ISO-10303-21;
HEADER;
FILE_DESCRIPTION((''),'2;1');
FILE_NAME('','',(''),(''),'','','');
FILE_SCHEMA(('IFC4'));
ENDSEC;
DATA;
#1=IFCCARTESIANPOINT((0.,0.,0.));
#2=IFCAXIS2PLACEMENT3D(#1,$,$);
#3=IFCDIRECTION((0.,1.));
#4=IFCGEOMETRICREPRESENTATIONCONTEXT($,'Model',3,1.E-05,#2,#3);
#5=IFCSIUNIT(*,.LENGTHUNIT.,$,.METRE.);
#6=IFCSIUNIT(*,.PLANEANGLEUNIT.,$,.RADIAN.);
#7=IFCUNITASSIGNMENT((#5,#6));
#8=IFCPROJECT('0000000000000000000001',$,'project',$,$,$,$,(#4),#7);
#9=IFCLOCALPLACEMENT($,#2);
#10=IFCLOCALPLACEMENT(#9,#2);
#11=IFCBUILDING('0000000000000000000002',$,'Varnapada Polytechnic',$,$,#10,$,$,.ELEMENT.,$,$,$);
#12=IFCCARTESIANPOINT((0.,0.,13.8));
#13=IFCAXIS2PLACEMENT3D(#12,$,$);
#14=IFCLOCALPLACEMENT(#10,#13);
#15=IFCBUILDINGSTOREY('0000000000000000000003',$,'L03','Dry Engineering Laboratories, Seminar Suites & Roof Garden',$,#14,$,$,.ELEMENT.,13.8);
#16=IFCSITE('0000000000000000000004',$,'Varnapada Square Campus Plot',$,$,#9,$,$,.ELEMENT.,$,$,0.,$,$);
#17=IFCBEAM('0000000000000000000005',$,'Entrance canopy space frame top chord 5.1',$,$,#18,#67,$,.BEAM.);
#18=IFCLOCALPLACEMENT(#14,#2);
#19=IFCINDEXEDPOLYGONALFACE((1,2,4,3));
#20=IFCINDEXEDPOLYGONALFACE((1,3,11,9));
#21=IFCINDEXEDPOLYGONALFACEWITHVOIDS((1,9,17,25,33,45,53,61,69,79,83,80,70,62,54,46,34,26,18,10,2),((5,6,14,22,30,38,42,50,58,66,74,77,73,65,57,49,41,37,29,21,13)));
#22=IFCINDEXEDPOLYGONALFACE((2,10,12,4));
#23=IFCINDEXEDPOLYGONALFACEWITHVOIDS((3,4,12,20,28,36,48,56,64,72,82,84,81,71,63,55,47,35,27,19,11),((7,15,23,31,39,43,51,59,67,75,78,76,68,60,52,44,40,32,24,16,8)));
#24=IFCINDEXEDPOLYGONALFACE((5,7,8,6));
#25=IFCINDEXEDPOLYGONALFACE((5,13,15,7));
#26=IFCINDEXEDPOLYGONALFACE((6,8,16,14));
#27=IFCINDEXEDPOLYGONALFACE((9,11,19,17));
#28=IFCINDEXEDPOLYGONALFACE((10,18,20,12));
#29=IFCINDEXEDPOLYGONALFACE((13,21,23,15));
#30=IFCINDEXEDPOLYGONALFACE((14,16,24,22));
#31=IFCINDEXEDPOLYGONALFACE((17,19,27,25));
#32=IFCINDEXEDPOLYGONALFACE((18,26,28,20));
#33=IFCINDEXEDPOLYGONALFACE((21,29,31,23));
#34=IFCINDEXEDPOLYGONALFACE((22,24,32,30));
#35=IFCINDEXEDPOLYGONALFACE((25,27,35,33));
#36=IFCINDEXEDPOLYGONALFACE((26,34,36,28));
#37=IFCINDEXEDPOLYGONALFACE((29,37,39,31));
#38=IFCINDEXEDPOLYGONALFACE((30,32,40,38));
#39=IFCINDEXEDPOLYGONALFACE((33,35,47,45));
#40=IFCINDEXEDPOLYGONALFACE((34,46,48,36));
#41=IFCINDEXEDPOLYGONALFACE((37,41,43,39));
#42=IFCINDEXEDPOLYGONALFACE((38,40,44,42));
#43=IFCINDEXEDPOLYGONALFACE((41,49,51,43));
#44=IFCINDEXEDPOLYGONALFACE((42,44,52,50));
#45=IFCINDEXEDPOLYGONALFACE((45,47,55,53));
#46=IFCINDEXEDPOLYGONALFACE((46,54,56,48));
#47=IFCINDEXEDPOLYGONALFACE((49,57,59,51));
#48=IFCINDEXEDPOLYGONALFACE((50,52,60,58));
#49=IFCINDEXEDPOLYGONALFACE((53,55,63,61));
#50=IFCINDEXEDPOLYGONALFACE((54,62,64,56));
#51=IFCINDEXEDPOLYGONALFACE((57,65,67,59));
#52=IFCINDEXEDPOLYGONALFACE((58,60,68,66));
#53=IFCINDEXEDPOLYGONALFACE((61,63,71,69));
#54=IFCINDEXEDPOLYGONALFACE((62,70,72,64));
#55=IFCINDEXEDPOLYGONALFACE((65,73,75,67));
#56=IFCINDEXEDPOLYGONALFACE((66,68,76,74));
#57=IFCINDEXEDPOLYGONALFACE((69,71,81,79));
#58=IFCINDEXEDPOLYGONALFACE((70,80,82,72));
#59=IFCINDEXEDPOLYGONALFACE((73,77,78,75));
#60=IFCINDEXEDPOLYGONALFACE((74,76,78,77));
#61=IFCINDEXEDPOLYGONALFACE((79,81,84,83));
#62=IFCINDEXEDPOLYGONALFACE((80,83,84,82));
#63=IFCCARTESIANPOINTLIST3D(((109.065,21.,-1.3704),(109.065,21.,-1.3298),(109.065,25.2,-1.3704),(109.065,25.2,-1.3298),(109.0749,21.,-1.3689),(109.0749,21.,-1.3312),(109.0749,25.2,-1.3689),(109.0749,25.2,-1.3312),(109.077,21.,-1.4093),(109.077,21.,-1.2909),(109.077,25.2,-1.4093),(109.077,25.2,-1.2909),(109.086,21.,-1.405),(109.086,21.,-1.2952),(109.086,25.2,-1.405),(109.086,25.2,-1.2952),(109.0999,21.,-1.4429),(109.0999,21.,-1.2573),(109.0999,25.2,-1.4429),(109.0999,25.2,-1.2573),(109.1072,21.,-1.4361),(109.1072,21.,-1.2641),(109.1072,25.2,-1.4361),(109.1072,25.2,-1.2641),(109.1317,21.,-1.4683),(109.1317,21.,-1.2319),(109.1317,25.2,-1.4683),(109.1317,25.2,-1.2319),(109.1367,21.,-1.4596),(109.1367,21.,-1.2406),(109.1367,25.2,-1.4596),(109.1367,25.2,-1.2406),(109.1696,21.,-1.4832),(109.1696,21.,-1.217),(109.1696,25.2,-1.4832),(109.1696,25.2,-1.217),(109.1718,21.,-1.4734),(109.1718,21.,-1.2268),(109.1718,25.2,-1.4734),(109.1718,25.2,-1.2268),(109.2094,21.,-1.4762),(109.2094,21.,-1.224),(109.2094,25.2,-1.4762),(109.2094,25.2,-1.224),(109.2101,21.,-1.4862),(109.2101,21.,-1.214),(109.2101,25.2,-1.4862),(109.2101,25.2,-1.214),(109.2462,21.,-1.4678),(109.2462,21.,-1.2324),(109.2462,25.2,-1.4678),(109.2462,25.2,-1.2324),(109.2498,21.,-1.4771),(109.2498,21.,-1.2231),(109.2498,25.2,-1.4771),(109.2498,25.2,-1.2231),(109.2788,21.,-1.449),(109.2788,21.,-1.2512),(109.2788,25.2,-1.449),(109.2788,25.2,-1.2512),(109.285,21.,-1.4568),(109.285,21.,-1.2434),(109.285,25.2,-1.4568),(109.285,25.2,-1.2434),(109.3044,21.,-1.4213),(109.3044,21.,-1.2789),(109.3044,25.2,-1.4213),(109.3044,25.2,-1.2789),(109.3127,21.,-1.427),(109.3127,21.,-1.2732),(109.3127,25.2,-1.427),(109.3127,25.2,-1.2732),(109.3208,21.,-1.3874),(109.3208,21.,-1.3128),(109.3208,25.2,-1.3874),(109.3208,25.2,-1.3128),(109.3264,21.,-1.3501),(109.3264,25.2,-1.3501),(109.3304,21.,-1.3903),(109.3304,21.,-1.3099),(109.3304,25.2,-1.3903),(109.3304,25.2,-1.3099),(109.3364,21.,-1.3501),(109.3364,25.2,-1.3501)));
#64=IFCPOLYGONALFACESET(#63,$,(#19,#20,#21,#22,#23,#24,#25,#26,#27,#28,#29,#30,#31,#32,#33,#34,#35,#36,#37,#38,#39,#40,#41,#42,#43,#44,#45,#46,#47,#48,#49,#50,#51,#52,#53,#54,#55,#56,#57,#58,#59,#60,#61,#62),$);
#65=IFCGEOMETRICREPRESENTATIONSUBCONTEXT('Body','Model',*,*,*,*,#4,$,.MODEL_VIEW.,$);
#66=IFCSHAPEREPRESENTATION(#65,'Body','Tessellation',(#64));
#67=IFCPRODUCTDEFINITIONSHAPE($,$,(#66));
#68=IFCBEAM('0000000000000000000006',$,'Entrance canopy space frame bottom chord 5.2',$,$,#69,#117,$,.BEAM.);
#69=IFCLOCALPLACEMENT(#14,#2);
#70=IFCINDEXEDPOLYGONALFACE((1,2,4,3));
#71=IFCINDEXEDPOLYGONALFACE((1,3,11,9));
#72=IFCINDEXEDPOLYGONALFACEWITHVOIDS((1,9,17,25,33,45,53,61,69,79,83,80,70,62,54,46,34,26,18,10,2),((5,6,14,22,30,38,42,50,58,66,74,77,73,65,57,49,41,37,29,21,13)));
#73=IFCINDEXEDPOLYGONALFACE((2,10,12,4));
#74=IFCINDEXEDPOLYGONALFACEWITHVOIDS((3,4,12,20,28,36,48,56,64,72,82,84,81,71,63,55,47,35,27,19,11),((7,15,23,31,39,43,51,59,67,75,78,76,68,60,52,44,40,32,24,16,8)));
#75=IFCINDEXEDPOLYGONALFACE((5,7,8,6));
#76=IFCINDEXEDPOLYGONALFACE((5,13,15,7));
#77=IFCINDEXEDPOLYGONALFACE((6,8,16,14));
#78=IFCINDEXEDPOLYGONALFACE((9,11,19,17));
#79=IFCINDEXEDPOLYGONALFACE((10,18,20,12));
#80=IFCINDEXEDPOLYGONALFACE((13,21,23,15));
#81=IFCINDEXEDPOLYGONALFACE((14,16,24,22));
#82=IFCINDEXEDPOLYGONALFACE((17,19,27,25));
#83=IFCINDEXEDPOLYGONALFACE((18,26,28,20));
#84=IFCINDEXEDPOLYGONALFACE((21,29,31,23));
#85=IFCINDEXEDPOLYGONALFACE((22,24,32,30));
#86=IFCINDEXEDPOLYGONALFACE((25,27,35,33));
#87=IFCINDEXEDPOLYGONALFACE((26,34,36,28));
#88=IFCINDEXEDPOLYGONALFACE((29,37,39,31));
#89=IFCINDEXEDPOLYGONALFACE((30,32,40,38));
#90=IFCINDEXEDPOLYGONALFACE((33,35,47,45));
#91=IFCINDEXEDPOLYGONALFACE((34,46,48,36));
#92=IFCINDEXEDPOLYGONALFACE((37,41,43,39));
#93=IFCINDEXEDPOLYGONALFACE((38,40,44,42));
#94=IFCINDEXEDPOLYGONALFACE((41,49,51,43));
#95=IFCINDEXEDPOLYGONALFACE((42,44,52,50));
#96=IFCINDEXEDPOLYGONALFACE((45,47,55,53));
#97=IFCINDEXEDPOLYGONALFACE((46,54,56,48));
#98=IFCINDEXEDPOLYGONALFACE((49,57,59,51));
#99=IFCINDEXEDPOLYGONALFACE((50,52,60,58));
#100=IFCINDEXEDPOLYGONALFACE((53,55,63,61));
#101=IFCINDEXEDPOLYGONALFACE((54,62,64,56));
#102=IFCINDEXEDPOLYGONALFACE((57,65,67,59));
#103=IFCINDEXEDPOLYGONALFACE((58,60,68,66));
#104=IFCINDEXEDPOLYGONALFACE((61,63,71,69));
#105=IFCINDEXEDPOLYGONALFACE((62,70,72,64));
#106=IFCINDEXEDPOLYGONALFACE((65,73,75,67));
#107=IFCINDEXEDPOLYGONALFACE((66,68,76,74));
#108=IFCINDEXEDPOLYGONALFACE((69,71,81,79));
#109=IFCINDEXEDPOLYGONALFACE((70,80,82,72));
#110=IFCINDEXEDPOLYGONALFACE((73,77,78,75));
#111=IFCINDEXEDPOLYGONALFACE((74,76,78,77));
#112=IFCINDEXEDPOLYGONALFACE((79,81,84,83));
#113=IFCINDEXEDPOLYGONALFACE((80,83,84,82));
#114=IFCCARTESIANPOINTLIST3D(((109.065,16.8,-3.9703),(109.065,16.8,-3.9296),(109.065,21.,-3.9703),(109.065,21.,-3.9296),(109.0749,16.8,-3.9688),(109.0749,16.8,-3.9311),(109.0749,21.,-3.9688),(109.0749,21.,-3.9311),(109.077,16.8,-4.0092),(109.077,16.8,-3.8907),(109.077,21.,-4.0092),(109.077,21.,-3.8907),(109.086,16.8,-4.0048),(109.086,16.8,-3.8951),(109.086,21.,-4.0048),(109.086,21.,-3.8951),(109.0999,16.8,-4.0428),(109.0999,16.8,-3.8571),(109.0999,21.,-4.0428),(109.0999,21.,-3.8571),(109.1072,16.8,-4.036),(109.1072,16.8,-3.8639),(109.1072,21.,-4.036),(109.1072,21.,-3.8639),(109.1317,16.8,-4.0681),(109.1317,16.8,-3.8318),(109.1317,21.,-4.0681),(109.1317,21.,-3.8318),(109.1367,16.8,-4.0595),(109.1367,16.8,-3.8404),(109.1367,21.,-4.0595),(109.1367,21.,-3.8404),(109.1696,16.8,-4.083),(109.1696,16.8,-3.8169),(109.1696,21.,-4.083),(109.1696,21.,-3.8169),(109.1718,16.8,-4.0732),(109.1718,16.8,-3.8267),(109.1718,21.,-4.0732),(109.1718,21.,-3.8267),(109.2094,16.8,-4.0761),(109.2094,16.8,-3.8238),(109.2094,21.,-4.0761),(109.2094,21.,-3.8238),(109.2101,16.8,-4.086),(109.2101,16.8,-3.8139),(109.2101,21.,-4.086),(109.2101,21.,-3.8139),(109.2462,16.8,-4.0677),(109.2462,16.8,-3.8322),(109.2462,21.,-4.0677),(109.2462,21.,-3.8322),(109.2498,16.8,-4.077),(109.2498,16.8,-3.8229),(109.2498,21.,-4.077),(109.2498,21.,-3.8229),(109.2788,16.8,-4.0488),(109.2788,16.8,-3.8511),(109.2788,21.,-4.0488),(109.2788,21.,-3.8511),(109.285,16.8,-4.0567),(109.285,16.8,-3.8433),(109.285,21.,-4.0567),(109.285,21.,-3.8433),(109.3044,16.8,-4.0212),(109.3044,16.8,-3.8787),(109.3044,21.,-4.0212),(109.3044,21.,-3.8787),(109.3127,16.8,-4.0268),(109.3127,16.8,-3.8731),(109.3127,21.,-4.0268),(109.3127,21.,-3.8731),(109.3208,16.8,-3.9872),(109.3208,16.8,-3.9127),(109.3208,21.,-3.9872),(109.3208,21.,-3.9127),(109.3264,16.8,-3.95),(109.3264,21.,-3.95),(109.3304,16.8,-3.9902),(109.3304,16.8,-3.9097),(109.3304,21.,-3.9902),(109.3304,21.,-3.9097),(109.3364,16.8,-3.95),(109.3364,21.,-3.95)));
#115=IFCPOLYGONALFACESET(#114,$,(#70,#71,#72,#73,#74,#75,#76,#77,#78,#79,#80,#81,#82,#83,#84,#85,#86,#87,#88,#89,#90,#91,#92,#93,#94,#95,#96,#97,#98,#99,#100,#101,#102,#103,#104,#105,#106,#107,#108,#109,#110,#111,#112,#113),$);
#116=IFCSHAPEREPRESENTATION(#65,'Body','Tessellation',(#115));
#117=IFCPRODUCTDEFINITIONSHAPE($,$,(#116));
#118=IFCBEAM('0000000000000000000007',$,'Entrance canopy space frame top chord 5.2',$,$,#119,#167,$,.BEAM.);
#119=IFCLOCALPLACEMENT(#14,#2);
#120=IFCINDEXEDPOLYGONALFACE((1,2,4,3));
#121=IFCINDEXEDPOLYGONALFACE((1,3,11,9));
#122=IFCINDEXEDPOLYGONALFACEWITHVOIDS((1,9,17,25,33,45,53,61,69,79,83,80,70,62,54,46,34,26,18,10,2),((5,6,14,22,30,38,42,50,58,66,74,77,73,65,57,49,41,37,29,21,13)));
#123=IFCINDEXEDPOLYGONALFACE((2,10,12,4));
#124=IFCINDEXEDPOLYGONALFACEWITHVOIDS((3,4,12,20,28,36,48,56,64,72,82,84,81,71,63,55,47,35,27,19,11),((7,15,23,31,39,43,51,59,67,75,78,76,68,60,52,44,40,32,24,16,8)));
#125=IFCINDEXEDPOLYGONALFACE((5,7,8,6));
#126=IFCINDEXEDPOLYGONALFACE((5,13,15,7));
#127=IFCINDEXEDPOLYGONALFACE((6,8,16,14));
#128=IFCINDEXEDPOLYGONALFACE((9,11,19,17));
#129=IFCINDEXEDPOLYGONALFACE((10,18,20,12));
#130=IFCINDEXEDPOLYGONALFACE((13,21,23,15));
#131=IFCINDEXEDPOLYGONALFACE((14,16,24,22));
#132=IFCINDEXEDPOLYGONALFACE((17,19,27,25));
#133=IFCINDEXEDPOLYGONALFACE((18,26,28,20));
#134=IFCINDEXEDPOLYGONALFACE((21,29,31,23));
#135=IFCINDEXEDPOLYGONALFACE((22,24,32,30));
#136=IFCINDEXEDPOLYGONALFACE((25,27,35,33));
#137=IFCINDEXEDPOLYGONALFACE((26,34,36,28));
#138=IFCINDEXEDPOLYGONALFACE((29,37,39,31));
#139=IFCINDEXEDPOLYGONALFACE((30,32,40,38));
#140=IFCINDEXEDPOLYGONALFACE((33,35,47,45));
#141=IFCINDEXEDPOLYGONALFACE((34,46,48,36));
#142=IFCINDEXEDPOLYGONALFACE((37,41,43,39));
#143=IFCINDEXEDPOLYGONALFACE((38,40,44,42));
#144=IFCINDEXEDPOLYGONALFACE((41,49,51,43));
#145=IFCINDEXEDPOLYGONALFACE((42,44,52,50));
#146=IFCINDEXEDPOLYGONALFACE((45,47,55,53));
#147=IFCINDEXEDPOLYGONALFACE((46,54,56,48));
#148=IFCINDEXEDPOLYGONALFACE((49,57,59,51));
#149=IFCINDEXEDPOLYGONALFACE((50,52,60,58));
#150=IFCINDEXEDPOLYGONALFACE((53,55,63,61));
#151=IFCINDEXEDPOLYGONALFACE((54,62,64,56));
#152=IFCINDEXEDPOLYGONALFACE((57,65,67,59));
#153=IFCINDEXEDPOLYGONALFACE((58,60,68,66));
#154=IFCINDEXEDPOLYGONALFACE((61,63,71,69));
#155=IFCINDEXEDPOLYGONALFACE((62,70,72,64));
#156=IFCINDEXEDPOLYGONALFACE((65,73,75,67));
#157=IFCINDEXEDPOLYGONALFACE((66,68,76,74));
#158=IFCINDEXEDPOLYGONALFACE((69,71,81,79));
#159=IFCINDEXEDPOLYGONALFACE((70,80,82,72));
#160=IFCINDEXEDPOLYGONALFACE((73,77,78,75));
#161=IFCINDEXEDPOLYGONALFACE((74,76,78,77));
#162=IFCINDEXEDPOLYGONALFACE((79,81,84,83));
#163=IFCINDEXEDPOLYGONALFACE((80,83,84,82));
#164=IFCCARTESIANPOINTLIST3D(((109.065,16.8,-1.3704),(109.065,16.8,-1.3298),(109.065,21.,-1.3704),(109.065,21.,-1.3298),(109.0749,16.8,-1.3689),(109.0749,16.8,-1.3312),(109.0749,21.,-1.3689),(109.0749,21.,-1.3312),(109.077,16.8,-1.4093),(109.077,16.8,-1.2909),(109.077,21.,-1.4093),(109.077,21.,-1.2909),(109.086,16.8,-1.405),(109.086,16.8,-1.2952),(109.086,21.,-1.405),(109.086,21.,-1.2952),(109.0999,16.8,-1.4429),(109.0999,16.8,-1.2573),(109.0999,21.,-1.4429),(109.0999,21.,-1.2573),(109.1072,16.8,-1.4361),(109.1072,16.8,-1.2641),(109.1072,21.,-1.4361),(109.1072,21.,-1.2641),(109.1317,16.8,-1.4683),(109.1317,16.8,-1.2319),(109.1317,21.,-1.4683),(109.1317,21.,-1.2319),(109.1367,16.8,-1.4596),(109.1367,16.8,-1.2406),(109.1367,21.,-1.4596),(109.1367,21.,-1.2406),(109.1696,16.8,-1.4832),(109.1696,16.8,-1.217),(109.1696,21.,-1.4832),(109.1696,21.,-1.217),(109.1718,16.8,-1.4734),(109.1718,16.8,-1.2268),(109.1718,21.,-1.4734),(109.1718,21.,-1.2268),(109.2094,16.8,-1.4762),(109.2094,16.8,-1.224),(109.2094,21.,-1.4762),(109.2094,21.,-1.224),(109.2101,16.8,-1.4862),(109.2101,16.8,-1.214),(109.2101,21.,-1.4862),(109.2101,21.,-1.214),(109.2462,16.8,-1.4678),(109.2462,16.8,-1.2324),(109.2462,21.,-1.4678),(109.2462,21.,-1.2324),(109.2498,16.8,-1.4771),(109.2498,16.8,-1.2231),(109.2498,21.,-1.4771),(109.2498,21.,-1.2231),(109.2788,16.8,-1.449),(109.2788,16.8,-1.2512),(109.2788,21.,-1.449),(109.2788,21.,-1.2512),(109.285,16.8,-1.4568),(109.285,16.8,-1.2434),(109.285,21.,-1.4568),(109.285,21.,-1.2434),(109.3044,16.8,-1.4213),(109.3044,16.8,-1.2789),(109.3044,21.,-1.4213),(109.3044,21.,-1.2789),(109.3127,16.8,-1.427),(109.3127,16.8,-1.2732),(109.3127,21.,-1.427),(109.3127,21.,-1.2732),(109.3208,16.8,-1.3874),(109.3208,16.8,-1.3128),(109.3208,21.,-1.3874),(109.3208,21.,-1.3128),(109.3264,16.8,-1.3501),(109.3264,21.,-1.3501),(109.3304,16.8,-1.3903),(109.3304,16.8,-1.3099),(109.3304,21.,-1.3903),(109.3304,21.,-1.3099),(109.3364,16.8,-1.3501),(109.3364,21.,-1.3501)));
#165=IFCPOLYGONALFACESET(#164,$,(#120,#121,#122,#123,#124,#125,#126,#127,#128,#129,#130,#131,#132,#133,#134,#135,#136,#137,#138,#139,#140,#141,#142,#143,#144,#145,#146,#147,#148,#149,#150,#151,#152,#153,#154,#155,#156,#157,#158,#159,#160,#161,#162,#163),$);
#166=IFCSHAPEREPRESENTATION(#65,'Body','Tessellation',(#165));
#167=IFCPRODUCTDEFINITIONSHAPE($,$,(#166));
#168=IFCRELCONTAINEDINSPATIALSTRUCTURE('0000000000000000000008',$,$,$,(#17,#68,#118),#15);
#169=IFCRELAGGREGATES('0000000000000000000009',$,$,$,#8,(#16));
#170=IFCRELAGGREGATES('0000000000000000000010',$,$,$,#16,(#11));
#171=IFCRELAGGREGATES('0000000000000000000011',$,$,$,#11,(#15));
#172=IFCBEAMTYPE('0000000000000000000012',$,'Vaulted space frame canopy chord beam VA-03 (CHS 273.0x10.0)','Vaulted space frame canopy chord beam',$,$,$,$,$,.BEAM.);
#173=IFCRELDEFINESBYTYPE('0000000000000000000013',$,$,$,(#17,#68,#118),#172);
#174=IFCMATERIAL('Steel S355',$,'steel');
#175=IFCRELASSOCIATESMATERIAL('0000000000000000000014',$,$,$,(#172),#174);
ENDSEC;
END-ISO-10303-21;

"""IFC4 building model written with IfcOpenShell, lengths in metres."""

from ifc_helpers import new_model, si_unit, direction, frame, origin, origin_2d, place, context, subcontext, project, spatial, hollow_circle, extrude, material, material_profile, profile_set, type_object, element, save


model = new_model("IFC4")

# Units and contexts
model_context = context("Model", 3, precision=1e-05, world=origin(), true_north=direction((0.0, 1.0)))
body_context = subcontext(model_context, "Body", "Model", "MODEL_VIEW")
ifc_project = project(units=[si_unit("LENGTHUNIT", "METRE"), si_unit("PLANEANGLEUNIT", "RADIAN")], contexts=[model_context])

# Site, building, storey
site_placement = place(None, origin())
site = spatial("IfcSite", under=ifc_project, at=site_placement, Name="Varnapada Square Campus Plot", CompositionType="ELEMENT", RefElevation=0.0)
building_placement = place(site_placement, origin())
building = spatial("IfcBuilding", under=site, at=building_placement, Name="Varnapada Polytechnic", CompositionType="ELEMENT")
storey_placement = place(building_placement, frame((0.0, 0.0, 13.8)))
storey = spatial("IfcBuildingStorey", under=building, at=storey_placement, Name="L03", Description="Dry Engineering Laboratories, Seminar Suites & Roof Garden", CompositionType="ELEMENT", Elevation=13.8)

# Shared definitions
ifc_material_1 = material(Name="Steel S355", Category="steel")

# Beams
ifc_material_profile_1 = material_profile(ifc_material_1, hollow_circle(Radius=0.1365, WallThickness=0.01, at=origin_2d()), Name="CHS 273.0x10.0")
ifc_profile_set_1 = profile_set([ifc_material_profile_1], Name="Steel S355")
beam_type_1 = type_object("IfcBeamType", Name="Vaulted space frame canopy chord beam VA-03 (CHS 273.0x10.0)", Description="Vaulted space frame canopy chord beam", PredefinedType="BEAM", material=ifc_profile_set_1)
for number, where, z_axis, x_axis, name in (
    (1, (109.2, 25.2, -1.3501), (0.0, -1.0, 0.0), (1.0, 0.0, 0.0), "Entrance canopy space frame top chord 5.1"),
    (2, (109.2, 21.0, -3.95), (0.0, -1.0, 0.0), (1.0, 0.0, 0.0), "Entrance canopy space frame bottom chord 5.2"),
    (3, (109.2, 21.0, -1.3501), (0.0, -1.0, 0.0), (1.0, 0.0, 0.0), "Entrance canopy space frame top chord 5.2"),
):
    element("IfcBeam", number, at=place(storey_placement, frame(where, z_axis=z_axis, x_axis=x_axis)), inside=storey, type_object=beam_type_1, Name=name, PredefinedType="BEAM", context=body_context, shape_type="SweptSolid", body=[
        extrude(hollow_circle(Radius=0.1365, WallThickness=0.01, at=origin_2d()), origin(), (0.0, 0.0, 1.0), 4.2),
    ])

save(model, "model.ifc")
